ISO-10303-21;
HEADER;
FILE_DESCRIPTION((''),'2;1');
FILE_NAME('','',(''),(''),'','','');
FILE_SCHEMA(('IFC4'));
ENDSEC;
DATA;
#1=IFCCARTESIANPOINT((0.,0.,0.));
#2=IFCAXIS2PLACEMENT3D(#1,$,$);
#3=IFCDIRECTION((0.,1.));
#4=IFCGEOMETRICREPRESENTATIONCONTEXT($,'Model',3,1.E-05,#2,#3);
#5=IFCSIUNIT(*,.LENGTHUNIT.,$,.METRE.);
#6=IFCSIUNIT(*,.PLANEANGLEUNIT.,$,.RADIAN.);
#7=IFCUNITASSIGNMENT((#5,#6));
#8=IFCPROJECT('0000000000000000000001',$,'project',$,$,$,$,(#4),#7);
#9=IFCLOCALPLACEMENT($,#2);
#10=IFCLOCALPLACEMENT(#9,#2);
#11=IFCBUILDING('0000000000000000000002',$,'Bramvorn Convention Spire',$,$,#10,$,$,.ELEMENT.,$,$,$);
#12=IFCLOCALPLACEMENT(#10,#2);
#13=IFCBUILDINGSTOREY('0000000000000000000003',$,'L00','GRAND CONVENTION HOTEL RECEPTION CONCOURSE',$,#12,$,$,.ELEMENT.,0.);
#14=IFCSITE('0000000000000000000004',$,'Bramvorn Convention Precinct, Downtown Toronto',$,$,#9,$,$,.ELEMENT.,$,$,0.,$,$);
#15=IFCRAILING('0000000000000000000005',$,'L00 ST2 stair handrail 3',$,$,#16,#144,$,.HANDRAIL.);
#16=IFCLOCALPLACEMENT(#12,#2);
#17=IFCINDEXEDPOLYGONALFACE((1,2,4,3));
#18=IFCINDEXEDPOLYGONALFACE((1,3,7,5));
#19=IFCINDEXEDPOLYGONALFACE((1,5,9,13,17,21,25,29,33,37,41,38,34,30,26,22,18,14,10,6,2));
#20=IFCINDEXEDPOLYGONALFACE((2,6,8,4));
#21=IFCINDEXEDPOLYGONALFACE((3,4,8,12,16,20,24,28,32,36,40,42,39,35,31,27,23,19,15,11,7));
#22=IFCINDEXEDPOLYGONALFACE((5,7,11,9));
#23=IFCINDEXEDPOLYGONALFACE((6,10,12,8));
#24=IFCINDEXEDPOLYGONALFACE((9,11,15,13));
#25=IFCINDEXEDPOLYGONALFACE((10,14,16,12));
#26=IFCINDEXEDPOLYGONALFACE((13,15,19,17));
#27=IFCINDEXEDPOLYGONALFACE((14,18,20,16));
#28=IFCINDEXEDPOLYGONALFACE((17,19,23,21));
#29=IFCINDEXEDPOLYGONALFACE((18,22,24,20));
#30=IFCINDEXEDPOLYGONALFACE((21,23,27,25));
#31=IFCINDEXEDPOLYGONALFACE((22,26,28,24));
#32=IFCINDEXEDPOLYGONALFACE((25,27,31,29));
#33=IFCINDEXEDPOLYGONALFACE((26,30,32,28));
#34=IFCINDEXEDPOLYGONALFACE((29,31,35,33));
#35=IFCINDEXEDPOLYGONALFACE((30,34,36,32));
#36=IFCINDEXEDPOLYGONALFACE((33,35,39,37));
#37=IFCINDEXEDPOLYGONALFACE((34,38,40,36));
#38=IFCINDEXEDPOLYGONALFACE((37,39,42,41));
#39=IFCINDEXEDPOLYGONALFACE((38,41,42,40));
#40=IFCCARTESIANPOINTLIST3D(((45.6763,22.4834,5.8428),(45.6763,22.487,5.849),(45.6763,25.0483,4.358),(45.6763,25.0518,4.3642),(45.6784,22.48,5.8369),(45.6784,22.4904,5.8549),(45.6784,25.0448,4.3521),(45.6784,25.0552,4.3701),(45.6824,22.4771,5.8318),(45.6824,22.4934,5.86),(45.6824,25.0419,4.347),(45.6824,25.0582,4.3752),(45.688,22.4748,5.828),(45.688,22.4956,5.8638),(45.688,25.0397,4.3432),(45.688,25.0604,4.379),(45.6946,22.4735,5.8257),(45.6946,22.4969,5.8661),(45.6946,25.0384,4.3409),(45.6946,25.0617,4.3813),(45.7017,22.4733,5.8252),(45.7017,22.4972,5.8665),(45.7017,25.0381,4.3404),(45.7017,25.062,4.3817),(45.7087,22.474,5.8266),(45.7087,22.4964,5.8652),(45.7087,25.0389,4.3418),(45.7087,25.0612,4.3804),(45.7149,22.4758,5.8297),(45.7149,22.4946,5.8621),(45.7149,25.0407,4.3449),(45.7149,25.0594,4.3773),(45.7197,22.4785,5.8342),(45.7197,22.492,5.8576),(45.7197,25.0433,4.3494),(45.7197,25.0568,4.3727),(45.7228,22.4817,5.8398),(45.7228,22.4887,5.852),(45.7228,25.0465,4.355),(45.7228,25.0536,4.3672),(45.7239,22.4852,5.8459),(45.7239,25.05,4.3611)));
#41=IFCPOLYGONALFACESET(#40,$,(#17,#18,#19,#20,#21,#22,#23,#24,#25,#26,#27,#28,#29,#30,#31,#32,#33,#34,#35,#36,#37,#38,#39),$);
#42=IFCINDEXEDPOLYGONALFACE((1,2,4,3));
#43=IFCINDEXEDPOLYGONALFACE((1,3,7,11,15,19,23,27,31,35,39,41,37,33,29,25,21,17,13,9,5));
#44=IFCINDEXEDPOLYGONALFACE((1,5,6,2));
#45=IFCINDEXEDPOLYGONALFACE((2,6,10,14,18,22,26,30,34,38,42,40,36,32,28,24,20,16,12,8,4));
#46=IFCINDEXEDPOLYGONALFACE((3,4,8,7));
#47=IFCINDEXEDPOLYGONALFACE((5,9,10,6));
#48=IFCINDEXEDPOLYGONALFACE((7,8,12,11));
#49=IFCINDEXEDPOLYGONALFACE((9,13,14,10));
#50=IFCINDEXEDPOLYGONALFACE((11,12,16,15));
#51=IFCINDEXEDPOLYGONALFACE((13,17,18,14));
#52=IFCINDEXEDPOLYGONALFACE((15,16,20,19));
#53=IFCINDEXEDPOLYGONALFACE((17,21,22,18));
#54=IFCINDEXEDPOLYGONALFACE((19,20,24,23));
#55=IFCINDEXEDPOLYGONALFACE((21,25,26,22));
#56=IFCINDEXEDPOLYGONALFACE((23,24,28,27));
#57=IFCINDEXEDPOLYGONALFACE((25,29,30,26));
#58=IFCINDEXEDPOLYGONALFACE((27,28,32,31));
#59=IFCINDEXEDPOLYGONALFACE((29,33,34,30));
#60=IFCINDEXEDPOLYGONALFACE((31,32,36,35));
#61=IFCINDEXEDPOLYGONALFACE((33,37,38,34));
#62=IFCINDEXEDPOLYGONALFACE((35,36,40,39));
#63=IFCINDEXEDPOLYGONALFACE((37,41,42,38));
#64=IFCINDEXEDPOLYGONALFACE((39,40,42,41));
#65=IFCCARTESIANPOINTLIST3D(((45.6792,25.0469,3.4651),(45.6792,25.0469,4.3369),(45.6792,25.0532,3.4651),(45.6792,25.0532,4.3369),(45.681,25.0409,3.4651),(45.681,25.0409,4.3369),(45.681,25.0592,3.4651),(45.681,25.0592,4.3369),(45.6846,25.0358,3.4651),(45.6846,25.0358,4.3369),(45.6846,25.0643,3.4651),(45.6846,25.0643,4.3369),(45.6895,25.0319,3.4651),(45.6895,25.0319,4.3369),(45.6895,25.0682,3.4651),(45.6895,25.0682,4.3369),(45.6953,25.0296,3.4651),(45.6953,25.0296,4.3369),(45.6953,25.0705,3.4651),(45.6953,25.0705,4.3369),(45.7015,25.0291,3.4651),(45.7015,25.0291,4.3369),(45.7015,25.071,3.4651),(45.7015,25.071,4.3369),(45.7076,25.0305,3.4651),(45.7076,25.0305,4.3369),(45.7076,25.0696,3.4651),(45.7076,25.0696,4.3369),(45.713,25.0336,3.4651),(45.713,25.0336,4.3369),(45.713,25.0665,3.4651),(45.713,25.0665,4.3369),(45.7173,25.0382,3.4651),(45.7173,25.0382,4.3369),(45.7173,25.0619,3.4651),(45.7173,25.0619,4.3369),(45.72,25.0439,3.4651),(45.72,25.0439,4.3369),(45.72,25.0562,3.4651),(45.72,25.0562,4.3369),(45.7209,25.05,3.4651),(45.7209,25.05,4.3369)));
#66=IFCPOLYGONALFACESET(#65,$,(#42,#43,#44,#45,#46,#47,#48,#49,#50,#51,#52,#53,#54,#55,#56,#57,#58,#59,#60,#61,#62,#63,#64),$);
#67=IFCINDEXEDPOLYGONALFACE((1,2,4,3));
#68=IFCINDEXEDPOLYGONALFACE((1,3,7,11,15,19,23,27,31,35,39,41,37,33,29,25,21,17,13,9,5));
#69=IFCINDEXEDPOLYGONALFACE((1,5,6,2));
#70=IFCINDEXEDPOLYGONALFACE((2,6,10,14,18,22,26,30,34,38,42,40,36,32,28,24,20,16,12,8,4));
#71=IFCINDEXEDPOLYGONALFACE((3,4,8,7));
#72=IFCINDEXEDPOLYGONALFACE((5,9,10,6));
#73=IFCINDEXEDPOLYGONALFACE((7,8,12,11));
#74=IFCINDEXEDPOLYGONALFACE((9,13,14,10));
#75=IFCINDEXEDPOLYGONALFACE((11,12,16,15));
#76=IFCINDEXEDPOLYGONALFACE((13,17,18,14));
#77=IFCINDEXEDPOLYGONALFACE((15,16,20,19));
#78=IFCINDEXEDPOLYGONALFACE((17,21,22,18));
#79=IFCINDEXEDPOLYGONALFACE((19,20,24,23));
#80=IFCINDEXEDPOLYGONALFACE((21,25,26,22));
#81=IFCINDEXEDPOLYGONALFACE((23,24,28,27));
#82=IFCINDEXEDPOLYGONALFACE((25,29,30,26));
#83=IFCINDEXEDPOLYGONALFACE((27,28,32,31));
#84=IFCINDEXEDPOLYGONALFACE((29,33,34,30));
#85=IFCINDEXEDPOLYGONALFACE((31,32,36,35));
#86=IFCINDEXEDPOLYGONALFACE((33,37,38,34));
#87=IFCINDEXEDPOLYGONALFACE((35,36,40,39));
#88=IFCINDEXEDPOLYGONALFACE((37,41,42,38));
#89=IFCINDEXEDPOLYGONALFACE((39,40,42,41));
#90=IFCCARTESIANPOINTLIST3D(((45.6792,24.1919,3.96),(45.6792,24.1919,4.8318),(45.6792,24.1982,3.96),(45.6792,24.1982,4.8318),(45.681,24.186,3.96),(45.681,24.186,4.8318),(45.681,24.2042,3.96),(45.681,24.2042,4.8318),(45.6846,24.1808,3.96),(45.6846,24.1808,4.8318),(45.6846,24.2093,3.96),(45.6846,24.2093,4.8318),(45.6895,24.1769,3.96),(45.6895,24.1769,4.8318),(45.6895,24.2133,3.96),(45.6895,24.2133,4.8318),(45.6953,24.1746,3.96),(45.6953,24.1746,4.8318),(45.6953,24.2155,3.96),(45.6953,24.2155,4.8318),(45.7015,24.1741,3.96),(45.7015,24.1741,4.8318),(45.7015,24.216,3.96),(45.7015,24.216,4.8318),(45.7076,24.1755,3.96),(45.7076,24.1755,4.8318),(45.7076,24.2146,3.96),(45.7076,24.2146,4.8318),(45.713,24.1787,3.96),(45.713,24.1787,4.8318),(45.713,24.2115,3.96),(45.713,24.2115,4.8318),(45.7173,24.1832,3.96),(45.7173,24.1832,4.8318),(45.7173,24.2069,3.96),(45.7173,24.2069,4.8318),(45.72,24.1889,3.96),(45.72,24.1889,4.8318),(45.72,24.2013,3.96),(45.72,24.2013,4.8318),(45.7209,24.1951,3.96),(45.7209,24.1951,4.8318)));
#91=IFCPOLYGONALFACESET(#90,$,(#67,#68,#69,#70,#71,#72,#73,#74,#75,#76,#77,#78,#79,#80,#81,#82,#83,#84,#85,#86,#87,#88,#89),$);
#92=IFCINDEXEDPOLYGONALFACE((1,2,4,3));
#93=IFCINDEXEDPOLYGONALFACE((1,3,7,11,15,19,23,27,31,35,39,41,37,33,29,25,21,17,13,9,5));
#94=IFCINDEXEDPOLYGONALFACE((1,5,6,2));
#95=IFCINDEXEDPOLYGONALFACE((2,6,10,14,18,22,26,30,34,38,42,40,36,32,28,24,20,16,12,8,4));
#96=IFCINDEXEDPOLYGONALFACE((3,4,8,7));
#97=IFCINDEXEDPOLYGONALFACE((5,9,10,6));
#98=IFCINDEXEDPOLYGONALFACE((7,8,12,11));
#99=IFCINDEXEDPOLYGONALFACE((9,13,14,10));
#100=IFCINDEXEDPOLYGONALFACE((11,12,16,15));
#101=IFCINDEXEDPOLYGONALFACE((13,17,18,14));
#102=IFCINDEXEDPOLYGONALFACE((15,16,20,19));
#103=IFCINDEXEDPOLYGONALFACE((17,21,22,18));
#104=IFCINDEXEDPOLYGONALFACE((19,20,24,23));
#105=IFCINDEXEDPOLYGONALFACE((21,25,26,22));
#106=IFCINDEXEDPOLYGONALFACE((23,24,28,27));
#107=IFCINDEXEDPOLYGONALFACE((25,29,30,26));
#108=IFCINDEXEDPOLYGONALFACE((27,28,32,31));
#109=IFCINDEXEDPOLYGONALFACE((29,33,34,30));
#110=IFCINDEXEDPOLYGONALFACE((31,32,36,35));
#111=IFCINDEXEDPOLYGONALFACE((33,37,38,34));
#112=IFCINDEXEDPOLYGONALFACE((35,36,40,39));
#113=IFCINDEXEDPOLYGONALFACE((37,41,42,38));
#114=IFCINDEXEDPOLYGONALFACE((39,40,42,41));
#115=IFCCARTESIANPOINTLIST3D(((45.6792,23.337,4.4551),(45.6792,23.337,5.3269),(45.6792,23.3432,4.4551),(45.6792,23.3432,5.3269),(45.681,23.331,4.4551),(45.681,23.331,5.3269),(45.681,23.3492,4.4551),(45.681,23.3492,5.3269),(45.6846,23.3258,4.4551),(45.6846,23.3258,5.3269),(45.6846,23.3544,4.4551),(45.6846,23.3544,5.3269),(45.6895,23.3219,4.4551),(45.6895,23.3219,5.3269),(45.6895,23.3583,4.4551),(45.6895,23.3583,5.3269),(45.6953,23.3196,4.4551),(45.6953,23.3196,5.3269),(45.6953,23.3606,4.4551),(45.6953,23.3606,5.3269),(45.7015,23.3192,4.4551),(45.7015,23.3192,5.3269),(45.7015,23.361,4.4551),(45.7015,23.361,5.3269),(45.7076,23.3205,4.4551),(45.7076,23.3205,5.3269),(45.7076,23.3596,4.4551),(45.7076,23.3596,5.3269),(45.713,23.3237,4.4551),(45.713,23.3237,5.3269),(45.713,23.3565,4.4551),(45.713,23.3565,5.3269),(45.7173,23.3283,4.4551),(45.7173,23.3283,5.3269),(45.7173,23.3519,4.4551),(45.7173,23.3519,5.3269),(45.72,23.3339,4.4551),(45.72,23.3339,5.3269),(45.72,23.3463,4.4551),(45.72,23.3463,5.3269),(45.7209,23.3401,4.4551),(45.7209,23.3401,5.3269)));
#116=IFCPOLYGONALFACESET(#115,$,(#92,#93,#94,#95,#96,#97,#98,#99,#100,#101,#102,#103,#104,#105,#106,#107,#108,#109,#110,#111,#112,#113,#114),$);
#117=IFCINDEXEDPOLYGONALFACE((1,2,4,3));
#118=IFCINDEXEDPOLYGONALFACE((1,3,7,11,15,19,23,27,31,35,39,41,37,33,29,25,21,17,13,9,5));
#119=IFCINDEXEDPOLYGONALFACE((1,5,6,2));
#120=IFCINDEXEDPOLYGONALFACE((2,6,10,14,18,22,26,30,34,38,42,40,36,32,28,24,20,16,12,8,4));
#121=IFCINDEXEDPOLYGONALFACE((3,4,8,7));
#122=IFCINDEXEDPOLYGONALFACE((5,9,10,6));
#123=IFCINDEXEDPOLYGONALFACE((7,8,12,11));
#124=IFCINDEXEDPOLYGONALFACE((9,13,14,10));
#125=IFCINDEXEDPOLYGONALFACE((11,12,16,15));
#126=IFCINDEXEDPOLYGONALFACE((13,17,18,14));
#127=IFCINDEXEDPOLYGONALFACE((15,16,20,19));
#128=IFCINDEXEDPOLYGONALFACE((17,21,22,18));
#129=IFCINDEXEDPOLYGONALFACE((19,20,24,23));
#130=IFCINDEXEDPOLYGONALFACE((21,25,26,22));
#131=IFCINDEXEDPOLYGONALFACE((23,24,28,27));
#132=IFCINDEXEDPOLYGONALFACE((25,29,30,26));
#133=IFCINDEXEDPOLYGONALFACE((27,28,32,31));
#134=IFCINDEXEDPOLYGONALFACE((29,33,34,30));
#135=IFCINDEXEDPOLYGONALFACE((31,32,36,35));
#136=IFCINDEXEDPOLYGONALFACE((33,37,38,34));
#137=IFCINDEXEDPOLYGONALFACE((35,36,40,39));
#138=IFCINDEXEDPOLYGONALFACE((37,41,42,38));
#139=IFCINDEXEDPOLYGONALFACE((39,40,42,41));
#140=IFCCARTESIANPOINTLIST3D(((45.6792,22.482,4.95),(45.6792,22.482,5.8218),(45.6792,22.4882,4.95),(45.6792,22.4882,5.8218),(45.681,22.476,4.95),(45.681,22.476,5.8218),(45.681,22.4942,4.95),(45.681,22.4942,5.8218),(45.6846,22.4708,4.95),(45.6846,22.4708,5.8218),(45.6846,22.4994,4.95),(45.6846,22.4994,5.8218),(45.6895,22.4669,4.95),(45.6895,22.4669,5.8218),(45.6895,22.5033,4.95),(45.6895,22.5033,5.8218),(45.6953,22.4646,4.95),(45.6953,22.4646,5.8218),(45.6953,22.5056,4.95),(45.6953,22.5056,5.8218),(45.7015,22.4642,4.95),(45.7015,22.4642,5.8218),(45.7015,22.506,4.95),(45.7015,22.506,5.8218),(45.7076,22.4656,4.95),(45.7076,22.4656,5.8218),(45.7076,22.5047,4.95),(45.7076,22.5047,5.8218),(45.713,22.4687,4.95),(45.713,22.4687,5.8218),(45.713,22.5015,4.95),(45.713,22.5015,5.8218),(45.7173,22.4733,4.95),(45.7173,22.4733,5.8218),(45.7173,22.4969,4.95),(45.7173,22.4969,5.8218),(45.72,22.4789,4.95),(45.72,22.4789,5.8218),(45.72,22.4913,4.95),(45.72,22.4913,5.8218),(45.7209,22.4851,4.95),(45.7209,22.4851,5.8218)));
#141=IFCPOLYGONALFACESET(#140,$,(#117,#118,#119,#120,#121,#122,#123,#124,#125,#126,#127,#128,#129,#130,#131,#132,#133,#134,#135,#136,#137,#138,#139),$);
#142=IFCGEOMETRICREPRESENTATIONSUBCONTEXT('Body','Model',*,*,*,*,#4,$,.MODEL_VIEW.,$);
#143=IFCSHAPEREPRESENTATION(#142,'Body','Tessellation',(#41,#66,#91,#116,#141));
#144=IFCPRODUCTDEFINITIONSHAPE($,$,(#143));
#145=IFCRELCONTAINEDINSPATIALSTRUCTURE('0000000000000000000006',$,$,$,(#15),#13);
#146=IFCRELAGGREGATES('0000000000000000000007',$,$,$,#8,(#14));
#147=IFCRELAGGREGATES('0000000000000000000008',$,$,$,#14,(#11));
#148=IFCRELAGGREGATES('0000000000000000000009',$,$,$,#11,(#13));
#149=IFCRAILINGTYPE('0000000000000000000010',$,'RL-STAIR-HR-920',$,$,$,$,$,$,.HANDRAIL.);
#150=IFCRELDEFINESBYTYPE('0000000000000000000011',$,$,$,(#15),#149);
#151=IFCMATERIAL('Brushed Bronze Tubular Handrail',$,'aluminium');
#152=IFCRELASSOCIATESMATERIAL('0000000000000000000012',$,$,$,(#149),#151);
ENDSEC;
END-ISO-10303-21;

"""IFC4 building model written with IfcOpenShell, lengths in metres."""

from ifc_helpers import new_model, si_unit, direction, frame, origin, origin_2d, place, context, subcontext, project, spatial, circle, extrude, material, type_object, element, save


model = new_model("IFC4")

# Units and contexts
model_context = context("Model", 3, precision=1e-05, world=origin(), true_north=direction((0.0, 1.0)))
body_context = subcontext(model_context, "Body", "Model", "MODEL_VIEW")
ifc_project = project(units=[si_unit("LENGTHUNIT", "METRE"), si_unit("PLANEANGLEUNIT", "RADIAN")], contexts=[model_context])

# Site, building, storey
site_placement = place(None, origin())
site = spatial("IfcSite", under=ifc_project, at=site_placement, Name="Bramvorn Convention Precinct, Downtown Toronto", CompositionType="ELEMENT", RefElevation=0.0)
building_placement = place(site_placement, origin())
building = spatial("IfcBuilding", under=site, at=building_placement, Name="Bramvorn Convention Spire", CompositionType="ELEMENT")
storey_placement = place(building_placement, origin())
storey = spatial("IfcBuildingStorey", under=building, at=storey_placement, Name="L00", Description="GRAND CONVENTION HOTEL RECEPTION CONCOURSE", CompositionType="ELEMENT", Elevation=0.0)

# Railing
ifc_material_1 = material(Name="Brushed Bronze Tubular Handrail", Category="aluminium")
railing_type_1 = type_object("IfcRailingType", Name="RL-STAIR-HR-920", PredefinedType="HANDRAIL", material=ifc_material_1)
railing_1_placement = place(storey_placement, frame((45.7, 25.05, 3.4651)))
element("IfcRailing", 1, at=railing_1_placement, inside=storey, type_object=railing_type_1, Name="L00 ST2 stair handrail 3", PredefinedType="HANDRAIL", context=body_context, shape_type="SweptSolid", body=[
    extrude(circle(Radius=0.0239, at=origin_2d()), frame((0.0, 0.0, 0.896), z_axis=(0.0, -0.865441, 0.50101), x_axis=(1.0, 0.0, 0.0)), (0.0, 0.0, 1.0), 2.9636),
    extrude(circle(Radius=0.021, at=origin_2d()), origin(), (0.0, 0.0, 1.0), 0.8718),
    extrude(circle(Radius=0.021, at=origin_2d()), frame((0.0, -0.855, 0.4949)), (0.0, 0.0, 1.0), 0.8718),
    extrude(circle(Radius=0.021, at=origin_2d()), frame((0.0, -1.71, 0.99)), (0.0, 0.0, 1.0), 0.8718),
    extrude(circle(Radius=0.021, at=origin_2d()), frame((0.0, -2.5649, 1.4849)), (0.0, 0.0, 1.0), 0.8718),
])

save(model, "model.ifc")
